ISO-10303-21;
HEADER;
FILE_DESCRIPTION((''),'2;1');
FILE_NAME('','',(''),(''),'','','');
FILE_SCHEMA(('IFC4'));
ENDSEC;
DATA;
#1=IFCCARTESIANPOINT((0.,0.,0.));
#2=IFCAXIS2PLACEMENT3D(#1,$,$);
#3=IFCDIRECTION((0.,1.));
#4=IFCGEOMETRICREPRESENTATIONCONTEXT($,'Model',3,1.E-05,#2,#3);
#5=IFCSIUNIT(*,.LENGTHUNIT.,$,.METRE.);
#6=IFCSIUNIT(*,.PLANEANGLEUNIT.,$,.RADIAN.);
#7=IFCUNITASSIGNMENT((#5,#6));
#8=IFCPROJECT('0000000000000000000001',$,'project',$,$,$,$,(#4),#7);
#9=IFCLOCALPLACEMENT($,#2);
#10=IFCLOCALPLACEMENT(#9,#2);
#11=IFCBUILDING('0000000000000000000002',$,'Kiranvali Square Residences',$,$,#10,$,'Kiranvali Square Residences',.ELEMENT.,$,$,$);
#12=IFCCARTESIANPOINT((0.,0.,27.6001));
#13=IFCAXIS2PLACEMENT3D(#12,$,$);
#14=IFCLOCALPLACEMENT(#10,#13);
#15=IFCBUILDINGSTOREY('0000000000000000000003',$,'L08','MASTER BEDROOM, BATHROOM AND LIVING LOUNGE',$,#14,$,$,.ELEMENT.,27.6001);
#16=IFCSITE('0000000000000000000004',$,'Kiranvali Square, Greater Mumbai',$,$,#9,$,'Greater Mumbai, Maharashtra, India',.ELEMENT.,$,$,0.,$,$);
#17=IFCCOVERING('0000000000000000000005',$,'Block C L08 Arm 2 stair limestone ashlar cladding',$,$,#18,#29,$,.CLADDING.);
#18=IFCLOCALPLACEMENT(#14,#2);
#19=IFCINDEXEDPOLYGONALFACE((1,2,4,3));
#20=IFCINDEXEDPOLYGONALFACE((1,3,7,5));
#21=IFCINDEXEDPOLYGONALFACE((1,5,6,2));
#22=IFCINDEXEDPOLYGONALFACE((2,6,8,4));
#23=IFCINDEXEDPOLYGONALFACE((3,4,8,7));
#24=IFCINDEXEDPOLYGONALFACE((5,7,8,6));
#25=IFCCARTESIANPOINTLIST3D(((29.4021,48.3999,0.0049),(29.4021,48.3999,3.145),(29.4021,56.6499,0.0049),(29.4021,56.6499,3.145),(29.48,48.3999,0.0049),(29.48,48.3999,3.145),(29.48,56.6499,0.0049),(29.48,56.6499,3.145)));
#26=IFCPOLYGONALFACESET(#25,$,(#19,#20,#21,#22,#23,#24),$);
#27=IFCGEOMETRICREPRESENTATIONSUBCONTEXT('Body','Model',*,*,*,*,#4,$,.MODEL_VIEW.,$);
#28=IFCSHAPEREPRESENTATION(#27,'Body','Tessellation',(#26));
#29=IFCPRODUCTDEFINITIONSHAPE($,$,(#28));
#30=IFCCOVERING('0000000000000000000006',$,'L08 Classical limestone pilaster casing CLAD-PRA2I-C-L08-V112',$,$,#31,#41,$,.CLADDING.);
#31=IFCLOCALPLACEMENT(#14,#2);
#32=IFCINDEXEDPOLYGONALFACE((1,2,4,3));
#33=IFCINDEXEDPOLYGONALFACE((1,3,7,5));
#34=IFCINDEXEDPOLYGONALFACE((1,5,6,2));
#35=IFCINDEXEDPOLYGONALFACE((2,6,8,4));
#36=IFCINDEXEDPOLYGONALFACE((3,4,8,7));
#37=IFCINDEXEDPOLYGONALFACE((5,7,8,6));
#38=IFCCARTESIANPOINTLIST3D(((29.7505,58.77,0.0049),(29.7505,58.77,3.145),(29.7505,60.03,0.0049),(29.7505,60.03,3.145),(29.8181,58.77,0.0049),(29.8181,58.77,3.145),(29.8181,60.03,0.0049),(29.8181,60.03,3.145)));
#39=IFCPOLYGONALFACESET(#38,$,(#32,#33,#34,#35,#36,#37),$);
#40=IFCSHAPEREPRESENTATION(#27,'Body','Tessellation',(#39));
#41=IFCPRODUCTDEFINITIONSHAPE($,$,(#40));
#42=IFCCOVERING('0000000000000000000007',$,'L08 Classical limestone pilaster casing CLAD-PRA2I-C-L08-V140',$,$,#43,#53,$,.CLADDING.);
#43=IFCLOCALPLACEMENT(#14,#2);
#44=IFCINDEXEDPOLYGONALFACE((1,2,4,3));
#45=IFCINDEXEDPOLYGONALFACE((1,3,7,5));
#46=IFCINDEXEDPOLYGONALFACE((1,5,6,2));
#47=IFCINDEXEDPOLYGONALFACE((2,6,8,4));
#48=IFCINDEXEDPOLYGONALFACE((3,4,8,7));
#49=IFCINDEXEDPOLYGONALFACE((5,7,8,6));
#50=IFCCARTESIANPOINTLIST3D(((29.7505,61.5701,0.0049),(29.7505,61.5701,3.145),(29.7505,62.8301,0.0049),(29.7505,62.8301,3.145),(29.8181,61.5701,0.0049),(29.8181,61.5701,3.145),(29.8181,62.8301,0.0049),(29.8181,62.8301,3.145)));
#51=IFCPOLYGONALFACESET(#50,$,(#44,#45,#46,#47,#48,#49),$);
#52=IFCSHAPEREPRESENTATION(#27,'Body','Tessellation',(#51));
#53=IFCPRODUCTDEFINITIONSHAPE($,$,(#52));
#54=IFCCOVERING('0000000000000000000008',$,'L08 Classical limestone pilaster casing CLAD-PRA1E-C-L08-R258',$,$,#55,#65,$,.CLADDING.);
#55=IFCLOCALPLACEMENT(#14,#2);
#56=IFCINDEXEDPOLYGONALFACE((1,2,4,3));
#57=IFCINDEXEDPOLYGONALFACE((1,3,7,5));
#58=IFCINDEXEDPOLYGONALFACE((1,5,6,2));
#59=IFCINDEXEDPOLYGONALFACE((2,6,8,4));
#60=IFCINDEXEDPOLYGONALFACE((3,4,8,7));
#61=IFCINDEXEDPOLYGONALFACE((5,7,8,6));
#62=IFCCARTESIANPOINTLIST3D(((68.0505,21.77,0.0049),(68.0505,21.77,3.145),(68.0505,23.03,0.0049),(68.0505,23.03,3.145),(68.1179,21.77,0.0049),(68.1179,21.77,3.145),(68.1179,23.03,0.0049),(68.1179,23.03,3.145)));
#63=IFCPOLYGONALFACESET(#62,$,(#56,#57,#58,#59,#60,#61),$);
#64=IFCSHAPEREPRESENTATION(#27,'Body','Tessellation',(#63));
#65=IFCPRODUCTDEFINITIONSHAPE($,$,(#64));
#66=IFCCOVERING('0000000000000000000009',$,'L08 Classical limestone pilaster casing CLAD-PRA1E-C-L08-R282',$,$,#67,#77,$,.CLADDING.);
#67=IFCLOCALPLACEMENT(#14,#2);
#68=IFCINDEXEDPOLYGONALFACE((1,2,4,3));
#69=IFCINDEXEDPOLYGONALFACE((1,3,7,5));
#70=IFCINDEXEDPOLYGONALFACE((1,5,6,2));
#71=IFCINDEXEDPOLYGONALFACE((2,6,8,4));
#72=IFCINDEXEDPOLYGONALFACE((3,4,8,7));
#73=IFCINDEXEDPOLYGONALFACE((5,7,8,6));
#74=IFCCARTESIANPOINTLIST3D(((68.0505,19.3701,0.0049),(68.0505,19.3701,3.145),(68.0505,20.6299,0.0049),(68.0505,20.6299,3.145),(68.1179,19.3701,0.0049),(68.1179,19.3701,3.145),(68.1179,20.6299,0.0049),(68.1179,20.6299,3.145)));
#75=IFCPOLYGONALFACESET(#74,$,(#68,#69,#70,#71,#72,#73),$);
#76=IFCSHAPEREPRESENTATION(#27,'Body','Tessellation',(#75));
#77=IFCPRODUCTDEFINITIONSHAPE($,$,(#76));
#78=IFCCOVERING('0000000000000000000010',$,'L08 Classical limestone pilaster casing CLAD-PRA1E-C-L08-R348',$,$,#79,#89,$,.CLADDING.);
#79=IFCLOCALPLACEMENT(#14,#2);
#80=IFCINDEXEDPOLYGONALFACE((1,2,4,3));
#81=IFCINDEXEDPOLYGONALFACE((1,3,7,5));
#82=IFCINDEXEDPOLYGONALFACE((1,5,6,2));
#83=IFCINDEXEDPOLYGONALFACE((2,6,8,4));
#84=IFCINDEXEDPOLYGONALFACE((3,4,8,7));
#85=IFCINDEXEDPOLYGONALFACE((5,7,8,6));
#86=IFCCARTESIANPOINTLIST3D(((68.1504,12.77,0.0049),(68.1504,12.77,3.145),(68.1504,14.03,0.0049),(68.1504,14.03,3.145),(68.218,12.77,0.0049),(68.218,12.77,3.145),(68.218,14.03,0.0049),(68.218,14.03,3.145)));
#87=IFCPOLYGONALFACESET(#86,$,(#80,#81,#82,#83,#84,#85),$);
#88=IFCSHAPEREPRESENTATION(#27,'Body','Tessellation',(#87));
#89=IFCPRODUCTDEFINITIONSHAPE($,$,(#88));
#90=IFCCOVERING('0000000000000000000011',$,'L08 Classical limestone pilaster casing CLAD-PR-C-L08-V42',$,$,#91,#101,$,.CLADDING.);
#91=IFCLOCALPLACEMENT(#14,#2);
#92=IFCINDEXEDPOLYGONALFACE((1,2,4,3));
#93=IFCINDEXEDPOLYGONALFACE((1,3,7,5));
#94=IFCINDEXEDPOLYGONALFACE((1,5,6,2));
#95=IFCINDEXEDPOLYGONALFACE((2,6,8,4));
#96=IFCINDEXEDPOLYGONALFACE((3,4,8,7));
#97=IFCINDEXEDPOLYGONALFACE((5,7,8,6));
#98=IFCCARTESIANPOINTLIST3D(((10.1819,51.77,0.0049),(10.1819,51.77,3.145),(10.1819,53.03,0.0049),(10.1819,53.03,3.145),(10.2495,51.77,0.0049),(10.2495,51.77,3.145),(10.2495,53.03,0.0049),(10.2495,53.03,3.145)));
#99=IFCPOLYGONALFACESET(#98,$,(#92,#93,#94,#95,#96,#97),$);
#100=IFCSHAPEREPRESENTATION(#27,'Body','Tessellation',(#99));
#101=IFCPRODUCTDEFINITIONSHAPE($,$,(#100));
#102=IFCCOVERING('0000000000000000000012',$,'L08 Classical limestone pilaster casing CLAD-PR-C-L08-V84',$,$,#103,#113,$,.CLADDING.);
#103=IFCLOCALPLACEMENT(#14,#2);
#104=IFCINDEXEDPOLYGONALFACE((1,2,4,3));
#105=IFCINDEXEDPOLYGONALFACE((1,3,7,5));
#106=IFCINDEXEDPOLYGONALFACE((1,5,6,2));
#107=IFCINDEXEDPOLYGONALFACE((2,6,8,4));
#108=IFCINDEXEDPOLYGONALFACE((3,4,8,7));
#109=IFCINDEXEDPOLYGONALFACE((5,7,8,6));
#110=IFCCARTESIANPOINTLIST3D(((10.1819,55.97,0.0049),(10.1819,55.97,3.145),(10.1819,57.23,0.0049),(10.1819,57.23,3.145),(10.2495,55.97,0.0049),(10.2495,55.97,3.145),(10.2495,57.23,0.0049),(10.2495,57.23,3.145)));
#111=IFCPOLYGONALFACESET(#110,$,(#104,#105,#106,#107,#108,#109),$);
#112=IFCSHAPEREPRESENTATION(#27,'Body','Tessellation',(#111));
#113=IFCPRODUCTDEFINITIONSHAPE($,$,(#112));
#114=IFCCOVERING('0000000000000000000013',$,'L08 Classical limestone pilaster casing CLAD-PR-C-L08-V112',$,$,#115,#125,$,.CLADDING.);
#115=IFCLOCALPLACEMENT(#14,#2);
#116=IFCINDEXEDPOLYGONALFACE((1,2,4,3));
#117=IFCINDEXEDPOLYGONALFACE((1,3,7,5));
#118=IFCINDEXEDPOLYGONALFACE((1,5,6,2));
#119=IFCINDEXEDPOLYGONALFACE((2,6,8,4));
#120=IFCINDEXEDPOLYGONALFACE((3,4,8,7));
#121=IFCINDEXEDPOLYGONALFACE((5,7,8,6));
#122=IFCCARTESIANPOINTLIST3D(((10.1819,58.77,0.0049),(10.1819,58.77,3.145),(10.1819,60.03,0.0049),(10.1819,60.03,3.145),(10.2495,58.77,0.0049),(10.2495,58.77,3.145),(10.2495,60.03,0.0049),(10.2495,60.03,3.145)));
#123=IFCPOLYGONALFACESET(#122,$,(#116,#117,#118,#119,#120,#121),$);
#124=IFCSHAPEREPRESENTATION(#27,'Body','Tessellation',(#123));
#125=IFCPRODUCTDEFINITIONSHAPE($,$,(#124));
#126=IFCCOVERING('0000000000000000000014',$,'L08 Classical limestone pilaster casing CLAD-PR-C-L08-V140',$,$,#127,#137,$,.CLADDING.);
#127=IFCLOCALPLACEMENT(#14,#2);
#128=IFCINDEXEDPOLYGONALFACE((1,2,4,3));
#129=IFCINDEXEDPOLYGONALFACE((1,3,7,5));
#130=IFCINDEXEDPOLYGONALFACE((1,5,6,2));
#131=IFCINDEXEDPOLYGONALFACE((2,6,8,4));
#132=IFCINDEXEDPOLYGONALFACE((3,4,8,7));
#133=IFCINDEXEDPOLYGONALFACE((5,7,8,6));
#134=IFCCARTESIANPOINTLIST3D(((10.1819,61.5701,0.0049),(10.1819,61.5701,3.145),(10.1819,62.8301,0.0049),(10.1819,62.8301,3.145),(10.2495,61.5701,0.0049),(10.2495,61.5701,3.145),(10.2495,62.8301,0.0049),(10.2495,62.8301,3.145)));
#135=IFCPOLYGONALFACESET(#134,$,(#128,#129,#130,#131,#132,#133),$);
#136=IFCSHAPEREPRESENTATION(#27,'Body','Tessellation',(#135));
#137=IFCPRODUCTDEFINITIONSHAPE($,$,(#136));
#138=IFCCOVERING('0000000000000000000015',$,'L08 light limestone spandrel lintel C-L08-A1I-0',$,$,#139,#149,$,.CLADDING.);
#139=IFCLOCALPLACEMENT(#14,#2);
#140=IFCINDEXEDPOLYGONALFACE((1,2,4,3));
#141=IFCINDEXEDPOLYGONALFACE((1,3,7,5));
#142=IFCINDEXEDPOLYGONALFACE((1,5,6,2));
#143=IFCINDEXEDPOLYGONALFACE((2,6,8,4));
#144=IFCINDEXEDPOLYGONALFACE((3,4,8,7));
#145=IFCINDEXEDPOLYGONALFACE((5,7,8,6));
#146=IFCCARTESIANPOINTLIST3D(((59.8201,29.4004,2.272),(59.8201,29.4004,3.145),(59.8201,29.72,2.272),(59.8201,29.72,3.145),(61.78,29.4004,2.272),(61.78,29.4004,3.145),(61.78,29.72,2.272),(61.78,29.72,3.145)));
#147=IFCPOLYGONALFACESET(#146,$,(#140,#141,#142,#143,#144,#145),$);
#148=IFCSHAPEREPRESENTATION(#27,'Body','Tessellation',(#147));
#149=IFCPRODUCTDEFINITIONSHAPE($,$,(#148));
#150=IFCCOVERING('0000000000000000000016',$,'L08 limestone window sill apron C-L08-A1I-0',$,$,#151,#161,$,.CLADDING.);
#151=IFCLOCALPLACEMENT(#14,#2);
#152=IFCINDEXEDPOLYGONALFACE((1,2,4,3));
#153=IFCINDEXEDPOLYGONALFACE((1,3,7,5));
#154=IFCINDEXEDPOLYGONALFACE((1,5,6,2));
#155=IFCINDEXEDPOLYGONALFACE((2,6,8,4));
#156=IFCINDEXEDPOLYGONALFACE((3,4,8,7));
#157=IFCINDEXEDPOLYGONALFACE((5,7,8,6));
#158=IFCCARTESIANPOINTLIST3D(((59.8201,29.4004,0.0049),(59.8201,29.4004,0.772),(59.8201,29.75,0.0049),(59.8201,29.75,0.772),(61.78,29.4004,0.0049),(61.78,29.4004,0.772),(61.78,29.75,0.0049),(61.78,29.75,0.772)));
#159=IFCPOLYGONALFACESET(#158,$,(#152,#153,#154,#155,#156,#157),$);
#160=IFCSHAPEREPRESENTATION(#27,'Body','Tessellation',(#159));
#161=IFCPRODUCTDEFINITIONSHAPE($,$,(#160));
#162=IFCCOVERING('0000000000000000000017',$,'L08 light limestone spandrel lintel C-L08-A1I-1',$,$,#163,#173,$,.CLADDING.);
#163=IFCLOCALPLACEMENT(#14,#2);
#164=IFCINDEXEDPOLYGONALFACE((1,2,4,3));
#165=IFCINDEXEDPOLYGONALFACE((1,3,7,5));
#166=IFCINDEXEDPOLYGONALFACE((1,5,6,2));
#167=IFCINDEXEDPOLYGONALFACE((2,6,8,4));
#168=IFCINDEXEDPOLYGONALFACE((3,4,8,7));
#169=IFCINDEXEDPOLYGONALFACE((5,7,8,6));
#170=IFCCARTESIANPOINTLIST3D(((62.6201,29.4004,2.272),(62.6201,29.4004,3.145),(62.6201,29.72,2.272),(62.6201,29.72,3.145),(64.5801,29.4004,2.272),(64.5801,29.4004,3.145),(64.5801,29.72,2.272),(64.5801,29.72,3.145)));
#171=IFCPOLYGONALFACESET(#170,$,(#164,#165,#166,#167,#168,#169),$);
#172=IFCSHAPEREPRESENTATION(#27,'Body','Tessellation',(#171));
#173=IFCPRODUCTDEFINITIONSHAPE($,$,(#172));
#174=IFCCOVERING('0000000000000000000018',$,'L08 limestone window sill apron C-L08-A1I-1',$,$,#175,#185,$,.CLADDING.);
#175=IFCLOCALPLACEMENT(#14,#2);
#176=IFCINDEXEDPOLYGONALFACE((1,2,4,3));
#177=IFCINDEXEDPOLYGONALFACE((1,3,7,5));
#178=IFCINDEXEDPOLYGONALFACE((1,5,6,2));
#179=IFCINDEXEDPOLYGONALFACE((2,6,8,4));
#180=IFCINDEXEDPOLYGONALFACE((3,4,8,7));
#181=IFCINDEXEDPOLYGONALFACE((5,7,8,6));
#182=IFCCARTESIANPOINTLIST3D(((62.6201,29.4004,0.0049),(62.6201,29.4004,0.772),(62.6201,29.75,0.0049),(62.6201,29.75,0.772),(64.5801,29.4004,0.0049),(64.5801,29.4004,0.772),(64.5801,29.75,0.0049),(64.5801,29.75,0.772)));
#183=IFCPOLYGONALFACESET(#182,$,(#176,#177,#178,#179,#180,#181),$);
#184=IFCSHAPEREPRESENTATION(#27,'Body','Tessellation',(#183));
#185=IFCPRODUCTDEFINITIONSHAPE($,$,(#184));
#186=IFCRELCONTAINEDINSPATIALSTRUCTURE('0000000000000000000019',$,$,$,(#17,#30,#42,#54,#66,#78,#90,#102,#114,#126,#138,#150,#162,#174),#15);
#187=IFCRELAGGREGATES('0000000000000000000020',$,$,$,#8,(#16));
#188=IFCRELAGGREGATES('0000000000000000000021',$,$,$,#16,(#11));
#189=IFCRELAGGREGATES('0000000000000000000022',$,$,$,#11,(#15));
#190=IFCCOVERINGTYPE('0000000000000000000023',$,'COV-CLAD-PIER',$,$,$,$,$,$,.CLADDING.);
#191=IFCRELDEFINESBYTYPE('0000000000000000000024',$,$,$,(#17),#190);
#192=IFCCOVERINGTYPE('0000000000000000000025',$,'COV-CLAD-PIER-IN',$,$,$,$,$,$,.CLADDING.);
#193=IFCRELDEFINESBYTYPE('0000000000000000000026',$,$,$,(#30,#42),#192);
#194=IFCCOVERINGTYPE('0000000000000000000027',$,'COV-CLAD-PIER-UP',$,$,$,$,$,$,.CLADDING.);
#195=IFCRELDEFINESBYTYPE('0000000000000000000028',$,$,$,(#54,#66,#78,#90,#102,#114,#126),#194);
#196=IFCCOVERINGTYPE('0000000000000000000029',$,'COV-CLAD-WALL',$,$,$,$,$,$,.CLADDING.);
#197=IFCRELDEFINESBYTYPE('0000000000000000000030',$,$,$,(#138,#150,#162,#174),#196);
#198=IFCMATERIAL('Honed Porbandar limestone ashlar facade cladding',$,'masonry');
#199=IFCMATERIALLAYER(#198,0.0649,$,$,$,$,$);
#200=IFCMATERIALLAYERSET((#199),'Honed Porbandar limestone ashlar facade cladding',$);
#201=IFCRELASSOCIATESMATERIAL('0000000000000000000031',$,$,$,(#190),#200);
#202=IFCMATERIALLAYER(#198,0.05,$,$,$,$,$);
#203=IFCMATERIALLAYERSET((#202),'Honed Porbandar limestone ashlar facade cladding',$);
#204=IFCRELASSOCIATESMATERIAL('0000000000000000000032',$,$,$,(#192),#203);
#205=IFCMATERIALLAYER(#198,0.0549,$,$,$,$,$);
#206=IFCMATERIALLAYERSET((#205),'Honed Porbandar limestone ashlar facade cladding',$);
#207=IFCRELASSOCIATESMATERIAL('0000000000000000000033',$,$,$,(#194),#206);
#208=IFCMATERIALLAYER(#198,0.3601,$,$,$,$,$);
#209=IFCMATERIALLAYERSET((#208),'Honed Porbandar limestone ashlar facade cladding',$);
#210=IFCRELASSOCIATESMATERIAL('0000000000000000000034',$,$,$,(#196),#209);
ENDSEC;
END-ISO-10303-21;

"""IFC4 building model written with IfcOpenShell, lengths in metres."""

from ifc_helpers import new_model, si_unit, direction, frame, origin, place, context, subcontext, project, spatial, polyline, outline, extrude, material, layer, layer_set, type_object, element, save


model = new_model("IFC4")

# Units and contexts
model_context = context("Model", 3, precision=1e-05, world=origin(), true_north=direction((0.0, 1.0)))
body_context = subcontext(model_context, "Body", "Model", "MODEL_VIEW")
ifc_project = project(units=[si_unit("LENGTHUNIT", "METRE"), si_unit("PLANEANGLEUNIT", "RADIAN")], contexts=[model_context])

# Site, building, storey
site_placement = place(None, origin())
site = spatial("IfcSite", under=ifc_project, at=site_placement, Name="Kiranvali Square, Greater Mumbai", LongName="Greater Mumbai, Maharashtra, India", CompositionType="ELEMENT", RefElevation=0.0)
building_placement = place(site_placement, origin())
building = spatial("IfcBuilding", under=site, at=building_placement, Name="Kiranvali Square Residences", LongName="Kiranvali Square Residences", CompositionType="ELEMENT")
storey_placement = place(building_placement, frame((0.0, 0.0, 27.6001)))
storey = spatial("IfcBuildingStorey", under=building, at=storey_placement, Name="L08", Description="MASTER BEDROOM, BATHROOM AND LIVING LOUNGE", CompositionType="ELEMENT", Elevation=27.6001)

# Coverings
ifc_material = material(Name="Honed Porbandar limestone ashlar facade cladding", Category="masonry")
ifc_layer_1 = layer(ifc_material, 0.0649)
ifc_layer_set_1 = layer_set([ifc_layer_1], Name="Honed Porbandar limestone ashlar facade cladding")
covering_type_1 = type_object("IfcCoveringType", Name="COV-CLAD-PIER", PredefinedType="CLADDING", material=ifc_layer_set_1)
covering_1_placement = place(storey_placement, frame((0.0, 0.0, 0.0049)))
element("IfcCovering", 1, at=covering_1_placement, inside=storey, type_object=covering_type_1, Name="Block C L08 Arm 2 stair limestone ashlar cladding", PredefinedType="CLADDING", context=body_context, shape_type="SweptSolid", body=[
    extrude(outline(polyline([(29.48, 48.3999), (29.48, 56.6499), (29.4021, 56.6499), (29.4021, 48.3999), (29.48, 48.3999)])), origin(), (0.0, 0.0, 1.0), 3.1401),
])
ifc_layer_2 = layer(ifc_material, 0.05)
ifc_layer_set_2 = layer_set([ifc_layer_2], Name="Honed Porbandar limestone ashlar facade cladding")
covering_type_2 = type_object("IfcCoveringType", Name="COV-CLAD-PIER-IN", PredefinedType="CLADDING", material=ifc_layer_set_2)
covering_2_placement = place(storey_placement, frame((0.0, 0.0, 0.0049)))
element("IfcCovering", 2, at=covering_2_placement, inside=storey, type_object=covering_type_2, Name="L08 Classical limestone pilaster casing CLAD-PRA2I-C-L08-V112", PredefinedType="CLADDING", context=body_context, shape_type="SweptSolid", body=[
    extrude(outline(polyline([(29.8181, 58.77), (29.8181, 60.03), (29.7505, 60.03), (29.7505, 58.77), (29.8181, 58.77)])), origin(), (0.0, 0.0, 1.0), 3.1401),
])
covering_3_placement = place(storey_placement, frame((0.0, 0.0, 0.0049)))
element("IfcCovering", 3, at=covering_3_placement, inside=storey, type_object=covering_type_2, Name="L08 Classical limestone pilaster casing CLAD-PRA2I-C-L08-V140", PredefinedType="CLADDING", context=body_context, shape_type="SweptSolid", body=[
    extrude(outline(polyline([(29.8181, 61.5701), (29.8181, 62.8301), (29.7505, 62.8301), (29.7505, 61.5701), (29.8181, 61.5701)])), origin(), (0.0, 0.0, 1.0), 3.1401),
])
ifc_layer_3 = layer(ifc_material, 0.0549)
ifc_layer_set_3 = layer_set([ifc_layer_3], Name="Honed Porbandar limestone ashlar facade cladding")
covering_type_3 = type_object("IfcCoveringType", Name="COV-CLAD-PIER-UP", PredefinedType="CLADDING", material=ifc_layer_set_3)
covering_4_placement = place(storey_placement, frame((0.0, 0.0, 0.0049)))
element("IfcCovering", 4, at=covering_4_placement, inside=storey, type_object=covering_type_3, Name="L08 Classical limestone pilaster casing CLAD-PRA1E-C-L08-R258", PredefinedType="CLADDING", context=body_context, shape_type="SweptSolid", body=[
    extrude(outline(polyline([(68.0505, 23.03), (68.0505, 21.77), (68.1179, 21.77), (68.1179, 23.03), (68.0505, 23.03)])), origin(), (0.0, 0.0, 1.0), 3.1401),
])
covering_5_placement = place(storey_placement, frame((0.0, 0.0, 0.0049)))
element("IfcCovering", 5, at=covering_5_placement, inside=storey, type_object=covering_type_3, Name="L08 Classical limestone pilaster casing CLAD-PRA1E-C-L08-R282", PredefinedType="CLADDING", context=body_context, shape_type="SweptSolid", body=[
    extrude(outline(polyline([(68.0505, 20.6299), (68.0505, 19.3701), (68.1179, 19.3701), (68.1179, 20.6299), (68.0505, 20.6299)])), origin(), (0.0, 0.0, 1.0), 3.1401),
])
covering_6_placement = place(storey_placement, frame((0.0, 0.0, 0.0049)))
element("IfcCovering", 6, at=covering_6_placement, inside=storey, type_object=covering_type_3, Name="L08 Classical limestone pilaster casing CLAD-PRA1E-C-L08-R348", PredefinedType="CLADDING", context=body_context, shape_type="SweptSolid", body=[
    extrude(outline(polyline([(68.1504, 14.03), (68.1504, 12.77), (68.218, 12.77), (68.218, 14.03), (68.1504, 14.03)])), origin(), (0.0, 0.0, 1.0), 3.1401),
])
covering_7_placement = place(storey_placement, frame((0.0, 0.0, 0.0049)))
element("IfcCovering", 7, at=covering_7_placement, inside=storey, type_object=covering_type_3, Name="L08 Classical limestone pilaster casing CLAD-PR-C-L08-V42", PredefinedType="CLADDING", context=body_context, shape_type="SweptSolid", body=[
    extrude(outline(polyline([(10.2495, 51.77), (10.2495, 53.03), (10.1819, 53.03), (10.1819, 51.77), (10.2495, 51.77)])), origin(), (0.0, 0.0, 1.0), 3.1401),
])
covering_8_placement = place(storey_placement, frame((0.0, 0.0, 0.0049)))
element("IfcCovering", 8, at=covering_8_placement, inside=storey, type_object=covering_type_3, Name="L08 Classical limestone pilaster casing CLAD-PR-C-L08-V84", PredefinedType="CLADDING", context=body_context, shape_type="SweptSolid", body=[
    extrude(outline(polyline([(10.2495, 55.97), (10.2495, 57.23), (10.1819, 57.23), (10.1819, 55.97), (10.2495, 55.97)])), origin(), (0.0, 0.0, 1.0), 3.1401),
])
covering_9_placement = place(storey_placement, frame((0.0, 0.0, 0.0049)))
element("IfcCovering", 9, at=covering_9_placement, inside=storey, type_object=covering_type_3, Name="L08 Classical limestone pilaster casing CLAD-PR-C-L08-V112", PredefinedType="CLADDING", context=body_context, shape_type="SweptSolid", body=[
    extrude(outline(polyline([(10.2495, 58.77), (10.2495, 60.03), (10.1819, 60.03), (10.1819, 58.77), (10.2495, 58.77)])), origin(), (0.0, 0.0, 1.0), 3.1401),
])
covering_10_placement = place(storey_placement, frame((0.0, 0.0, 0.0049)))
element("IfcCovering", 10, at=covering_10_placement, inside=storey, type_object=covering_type_3, Name="L08 Classical limestone pilaster casing CLAD-PR-C-L08-V140", PredefinedType="CLADDING", context=body_context, shape_type="SweptSolid", body=[
    extrude(outline(polyline([(10.2495, 61.5701), (10.2495, 62.8301), (10.1819, 62.8301), (10.1819, 61.5701), (10.2495, 61.5701)])), origin(), (0.0, 0.0, 1.0), 3.1401),
])
ifc_layer_4 = layer(ifc_material, 0.3601)
ifc_layer_set_4 = layer_set([ifc_layer_4], Name="Honed Porbandar limestone ashlar facade cladding")
covering_type_4 = type_object("IfcCoveringType", Name="COV-CLAD-WALL", PredefinedType="CLADDING", material=ifc_layer_set_4)
covering_11_placement = place(storey_placement, frame((0.0, 0.0, 2.272)))
element("IfcCovering", 11, at=covering_11_placement, inside=storey, type_object=covering_type_4, Name="L08 light limestone spandrel lintel C-L08-A1I-0", PredefinedType="CLADDING", context=body_context, shape_type="SweptSolid", body=[
    extrude(outline(polyline([(59.8201, 29.4004), (61.78, 29.4004), (61.78, 29.72), (59.8201, 29.72), (59.8201, 29.4004)])), origin(), (0.0, 0.0, 1.0), 0.873),
])
covering_12_placement = place(storey_placement, frame((0.0, 0.0, 0.0049)))
element("IfcCovering", 12, at=covering_12_placement, inside=storey, type_object=covering_type_4, Name="L08 limestone window sill apron C-L08-A1I-0", PredefinedType="CLADDING", context=body_context, shape_type="SweptSolid", body=[
    extrude(outline(polyline([(59.8201, 29.4004), (61.78, 29.4004), (61.78, 29.75), (59.8201, 29.75), (59.8201, 29.4004)])), origin(), (0.0, 0.0, 1.0), 0.7671),
])
covering_13_placement = place(storey_placement, frame((0.0, 0.0, 2.272)))
element("IfcCovering", 13, at=covering_13_placement, inside=storey, type_object=covering_type_4, Name="L08 light limestone spandrel lintel C-L08-A1I-1", PredefinedType="CLADDING", context=body_context, shape_type="SweptSolid", body=[
    extrude(outline(polyline([(62.6201, 29.4004), (64.5801, 29.4004), (64.5801, 29.72), (62.6201, 29.72), (62.6201, 29.4004)])), origin(), (0.0, 0.0, 1.0), 0.873),
])
covering_14_placement = place(storey_placement, frame((0.0, 0.0, 0.0049)))
element("IfcCovering", 14, at=covering_14_placement, inside=storey, type_object=covering_type_4, Name="L08 limestone window sill apron C-L08-A1I-1", PredefinedType="CLADDING", context=body_context, shape_type="SweptSolid", body=[
    extrude(outline(polyline([(62.6201, 29.4004), (64.5801, 29.4004), (64.5801, 29.75), (62.6201, 29.75), (62.6201, 29.4004)])), origin(), (0.0, 0.0, 1.0), 0.7671),
])

save(model, "model.ifc")
